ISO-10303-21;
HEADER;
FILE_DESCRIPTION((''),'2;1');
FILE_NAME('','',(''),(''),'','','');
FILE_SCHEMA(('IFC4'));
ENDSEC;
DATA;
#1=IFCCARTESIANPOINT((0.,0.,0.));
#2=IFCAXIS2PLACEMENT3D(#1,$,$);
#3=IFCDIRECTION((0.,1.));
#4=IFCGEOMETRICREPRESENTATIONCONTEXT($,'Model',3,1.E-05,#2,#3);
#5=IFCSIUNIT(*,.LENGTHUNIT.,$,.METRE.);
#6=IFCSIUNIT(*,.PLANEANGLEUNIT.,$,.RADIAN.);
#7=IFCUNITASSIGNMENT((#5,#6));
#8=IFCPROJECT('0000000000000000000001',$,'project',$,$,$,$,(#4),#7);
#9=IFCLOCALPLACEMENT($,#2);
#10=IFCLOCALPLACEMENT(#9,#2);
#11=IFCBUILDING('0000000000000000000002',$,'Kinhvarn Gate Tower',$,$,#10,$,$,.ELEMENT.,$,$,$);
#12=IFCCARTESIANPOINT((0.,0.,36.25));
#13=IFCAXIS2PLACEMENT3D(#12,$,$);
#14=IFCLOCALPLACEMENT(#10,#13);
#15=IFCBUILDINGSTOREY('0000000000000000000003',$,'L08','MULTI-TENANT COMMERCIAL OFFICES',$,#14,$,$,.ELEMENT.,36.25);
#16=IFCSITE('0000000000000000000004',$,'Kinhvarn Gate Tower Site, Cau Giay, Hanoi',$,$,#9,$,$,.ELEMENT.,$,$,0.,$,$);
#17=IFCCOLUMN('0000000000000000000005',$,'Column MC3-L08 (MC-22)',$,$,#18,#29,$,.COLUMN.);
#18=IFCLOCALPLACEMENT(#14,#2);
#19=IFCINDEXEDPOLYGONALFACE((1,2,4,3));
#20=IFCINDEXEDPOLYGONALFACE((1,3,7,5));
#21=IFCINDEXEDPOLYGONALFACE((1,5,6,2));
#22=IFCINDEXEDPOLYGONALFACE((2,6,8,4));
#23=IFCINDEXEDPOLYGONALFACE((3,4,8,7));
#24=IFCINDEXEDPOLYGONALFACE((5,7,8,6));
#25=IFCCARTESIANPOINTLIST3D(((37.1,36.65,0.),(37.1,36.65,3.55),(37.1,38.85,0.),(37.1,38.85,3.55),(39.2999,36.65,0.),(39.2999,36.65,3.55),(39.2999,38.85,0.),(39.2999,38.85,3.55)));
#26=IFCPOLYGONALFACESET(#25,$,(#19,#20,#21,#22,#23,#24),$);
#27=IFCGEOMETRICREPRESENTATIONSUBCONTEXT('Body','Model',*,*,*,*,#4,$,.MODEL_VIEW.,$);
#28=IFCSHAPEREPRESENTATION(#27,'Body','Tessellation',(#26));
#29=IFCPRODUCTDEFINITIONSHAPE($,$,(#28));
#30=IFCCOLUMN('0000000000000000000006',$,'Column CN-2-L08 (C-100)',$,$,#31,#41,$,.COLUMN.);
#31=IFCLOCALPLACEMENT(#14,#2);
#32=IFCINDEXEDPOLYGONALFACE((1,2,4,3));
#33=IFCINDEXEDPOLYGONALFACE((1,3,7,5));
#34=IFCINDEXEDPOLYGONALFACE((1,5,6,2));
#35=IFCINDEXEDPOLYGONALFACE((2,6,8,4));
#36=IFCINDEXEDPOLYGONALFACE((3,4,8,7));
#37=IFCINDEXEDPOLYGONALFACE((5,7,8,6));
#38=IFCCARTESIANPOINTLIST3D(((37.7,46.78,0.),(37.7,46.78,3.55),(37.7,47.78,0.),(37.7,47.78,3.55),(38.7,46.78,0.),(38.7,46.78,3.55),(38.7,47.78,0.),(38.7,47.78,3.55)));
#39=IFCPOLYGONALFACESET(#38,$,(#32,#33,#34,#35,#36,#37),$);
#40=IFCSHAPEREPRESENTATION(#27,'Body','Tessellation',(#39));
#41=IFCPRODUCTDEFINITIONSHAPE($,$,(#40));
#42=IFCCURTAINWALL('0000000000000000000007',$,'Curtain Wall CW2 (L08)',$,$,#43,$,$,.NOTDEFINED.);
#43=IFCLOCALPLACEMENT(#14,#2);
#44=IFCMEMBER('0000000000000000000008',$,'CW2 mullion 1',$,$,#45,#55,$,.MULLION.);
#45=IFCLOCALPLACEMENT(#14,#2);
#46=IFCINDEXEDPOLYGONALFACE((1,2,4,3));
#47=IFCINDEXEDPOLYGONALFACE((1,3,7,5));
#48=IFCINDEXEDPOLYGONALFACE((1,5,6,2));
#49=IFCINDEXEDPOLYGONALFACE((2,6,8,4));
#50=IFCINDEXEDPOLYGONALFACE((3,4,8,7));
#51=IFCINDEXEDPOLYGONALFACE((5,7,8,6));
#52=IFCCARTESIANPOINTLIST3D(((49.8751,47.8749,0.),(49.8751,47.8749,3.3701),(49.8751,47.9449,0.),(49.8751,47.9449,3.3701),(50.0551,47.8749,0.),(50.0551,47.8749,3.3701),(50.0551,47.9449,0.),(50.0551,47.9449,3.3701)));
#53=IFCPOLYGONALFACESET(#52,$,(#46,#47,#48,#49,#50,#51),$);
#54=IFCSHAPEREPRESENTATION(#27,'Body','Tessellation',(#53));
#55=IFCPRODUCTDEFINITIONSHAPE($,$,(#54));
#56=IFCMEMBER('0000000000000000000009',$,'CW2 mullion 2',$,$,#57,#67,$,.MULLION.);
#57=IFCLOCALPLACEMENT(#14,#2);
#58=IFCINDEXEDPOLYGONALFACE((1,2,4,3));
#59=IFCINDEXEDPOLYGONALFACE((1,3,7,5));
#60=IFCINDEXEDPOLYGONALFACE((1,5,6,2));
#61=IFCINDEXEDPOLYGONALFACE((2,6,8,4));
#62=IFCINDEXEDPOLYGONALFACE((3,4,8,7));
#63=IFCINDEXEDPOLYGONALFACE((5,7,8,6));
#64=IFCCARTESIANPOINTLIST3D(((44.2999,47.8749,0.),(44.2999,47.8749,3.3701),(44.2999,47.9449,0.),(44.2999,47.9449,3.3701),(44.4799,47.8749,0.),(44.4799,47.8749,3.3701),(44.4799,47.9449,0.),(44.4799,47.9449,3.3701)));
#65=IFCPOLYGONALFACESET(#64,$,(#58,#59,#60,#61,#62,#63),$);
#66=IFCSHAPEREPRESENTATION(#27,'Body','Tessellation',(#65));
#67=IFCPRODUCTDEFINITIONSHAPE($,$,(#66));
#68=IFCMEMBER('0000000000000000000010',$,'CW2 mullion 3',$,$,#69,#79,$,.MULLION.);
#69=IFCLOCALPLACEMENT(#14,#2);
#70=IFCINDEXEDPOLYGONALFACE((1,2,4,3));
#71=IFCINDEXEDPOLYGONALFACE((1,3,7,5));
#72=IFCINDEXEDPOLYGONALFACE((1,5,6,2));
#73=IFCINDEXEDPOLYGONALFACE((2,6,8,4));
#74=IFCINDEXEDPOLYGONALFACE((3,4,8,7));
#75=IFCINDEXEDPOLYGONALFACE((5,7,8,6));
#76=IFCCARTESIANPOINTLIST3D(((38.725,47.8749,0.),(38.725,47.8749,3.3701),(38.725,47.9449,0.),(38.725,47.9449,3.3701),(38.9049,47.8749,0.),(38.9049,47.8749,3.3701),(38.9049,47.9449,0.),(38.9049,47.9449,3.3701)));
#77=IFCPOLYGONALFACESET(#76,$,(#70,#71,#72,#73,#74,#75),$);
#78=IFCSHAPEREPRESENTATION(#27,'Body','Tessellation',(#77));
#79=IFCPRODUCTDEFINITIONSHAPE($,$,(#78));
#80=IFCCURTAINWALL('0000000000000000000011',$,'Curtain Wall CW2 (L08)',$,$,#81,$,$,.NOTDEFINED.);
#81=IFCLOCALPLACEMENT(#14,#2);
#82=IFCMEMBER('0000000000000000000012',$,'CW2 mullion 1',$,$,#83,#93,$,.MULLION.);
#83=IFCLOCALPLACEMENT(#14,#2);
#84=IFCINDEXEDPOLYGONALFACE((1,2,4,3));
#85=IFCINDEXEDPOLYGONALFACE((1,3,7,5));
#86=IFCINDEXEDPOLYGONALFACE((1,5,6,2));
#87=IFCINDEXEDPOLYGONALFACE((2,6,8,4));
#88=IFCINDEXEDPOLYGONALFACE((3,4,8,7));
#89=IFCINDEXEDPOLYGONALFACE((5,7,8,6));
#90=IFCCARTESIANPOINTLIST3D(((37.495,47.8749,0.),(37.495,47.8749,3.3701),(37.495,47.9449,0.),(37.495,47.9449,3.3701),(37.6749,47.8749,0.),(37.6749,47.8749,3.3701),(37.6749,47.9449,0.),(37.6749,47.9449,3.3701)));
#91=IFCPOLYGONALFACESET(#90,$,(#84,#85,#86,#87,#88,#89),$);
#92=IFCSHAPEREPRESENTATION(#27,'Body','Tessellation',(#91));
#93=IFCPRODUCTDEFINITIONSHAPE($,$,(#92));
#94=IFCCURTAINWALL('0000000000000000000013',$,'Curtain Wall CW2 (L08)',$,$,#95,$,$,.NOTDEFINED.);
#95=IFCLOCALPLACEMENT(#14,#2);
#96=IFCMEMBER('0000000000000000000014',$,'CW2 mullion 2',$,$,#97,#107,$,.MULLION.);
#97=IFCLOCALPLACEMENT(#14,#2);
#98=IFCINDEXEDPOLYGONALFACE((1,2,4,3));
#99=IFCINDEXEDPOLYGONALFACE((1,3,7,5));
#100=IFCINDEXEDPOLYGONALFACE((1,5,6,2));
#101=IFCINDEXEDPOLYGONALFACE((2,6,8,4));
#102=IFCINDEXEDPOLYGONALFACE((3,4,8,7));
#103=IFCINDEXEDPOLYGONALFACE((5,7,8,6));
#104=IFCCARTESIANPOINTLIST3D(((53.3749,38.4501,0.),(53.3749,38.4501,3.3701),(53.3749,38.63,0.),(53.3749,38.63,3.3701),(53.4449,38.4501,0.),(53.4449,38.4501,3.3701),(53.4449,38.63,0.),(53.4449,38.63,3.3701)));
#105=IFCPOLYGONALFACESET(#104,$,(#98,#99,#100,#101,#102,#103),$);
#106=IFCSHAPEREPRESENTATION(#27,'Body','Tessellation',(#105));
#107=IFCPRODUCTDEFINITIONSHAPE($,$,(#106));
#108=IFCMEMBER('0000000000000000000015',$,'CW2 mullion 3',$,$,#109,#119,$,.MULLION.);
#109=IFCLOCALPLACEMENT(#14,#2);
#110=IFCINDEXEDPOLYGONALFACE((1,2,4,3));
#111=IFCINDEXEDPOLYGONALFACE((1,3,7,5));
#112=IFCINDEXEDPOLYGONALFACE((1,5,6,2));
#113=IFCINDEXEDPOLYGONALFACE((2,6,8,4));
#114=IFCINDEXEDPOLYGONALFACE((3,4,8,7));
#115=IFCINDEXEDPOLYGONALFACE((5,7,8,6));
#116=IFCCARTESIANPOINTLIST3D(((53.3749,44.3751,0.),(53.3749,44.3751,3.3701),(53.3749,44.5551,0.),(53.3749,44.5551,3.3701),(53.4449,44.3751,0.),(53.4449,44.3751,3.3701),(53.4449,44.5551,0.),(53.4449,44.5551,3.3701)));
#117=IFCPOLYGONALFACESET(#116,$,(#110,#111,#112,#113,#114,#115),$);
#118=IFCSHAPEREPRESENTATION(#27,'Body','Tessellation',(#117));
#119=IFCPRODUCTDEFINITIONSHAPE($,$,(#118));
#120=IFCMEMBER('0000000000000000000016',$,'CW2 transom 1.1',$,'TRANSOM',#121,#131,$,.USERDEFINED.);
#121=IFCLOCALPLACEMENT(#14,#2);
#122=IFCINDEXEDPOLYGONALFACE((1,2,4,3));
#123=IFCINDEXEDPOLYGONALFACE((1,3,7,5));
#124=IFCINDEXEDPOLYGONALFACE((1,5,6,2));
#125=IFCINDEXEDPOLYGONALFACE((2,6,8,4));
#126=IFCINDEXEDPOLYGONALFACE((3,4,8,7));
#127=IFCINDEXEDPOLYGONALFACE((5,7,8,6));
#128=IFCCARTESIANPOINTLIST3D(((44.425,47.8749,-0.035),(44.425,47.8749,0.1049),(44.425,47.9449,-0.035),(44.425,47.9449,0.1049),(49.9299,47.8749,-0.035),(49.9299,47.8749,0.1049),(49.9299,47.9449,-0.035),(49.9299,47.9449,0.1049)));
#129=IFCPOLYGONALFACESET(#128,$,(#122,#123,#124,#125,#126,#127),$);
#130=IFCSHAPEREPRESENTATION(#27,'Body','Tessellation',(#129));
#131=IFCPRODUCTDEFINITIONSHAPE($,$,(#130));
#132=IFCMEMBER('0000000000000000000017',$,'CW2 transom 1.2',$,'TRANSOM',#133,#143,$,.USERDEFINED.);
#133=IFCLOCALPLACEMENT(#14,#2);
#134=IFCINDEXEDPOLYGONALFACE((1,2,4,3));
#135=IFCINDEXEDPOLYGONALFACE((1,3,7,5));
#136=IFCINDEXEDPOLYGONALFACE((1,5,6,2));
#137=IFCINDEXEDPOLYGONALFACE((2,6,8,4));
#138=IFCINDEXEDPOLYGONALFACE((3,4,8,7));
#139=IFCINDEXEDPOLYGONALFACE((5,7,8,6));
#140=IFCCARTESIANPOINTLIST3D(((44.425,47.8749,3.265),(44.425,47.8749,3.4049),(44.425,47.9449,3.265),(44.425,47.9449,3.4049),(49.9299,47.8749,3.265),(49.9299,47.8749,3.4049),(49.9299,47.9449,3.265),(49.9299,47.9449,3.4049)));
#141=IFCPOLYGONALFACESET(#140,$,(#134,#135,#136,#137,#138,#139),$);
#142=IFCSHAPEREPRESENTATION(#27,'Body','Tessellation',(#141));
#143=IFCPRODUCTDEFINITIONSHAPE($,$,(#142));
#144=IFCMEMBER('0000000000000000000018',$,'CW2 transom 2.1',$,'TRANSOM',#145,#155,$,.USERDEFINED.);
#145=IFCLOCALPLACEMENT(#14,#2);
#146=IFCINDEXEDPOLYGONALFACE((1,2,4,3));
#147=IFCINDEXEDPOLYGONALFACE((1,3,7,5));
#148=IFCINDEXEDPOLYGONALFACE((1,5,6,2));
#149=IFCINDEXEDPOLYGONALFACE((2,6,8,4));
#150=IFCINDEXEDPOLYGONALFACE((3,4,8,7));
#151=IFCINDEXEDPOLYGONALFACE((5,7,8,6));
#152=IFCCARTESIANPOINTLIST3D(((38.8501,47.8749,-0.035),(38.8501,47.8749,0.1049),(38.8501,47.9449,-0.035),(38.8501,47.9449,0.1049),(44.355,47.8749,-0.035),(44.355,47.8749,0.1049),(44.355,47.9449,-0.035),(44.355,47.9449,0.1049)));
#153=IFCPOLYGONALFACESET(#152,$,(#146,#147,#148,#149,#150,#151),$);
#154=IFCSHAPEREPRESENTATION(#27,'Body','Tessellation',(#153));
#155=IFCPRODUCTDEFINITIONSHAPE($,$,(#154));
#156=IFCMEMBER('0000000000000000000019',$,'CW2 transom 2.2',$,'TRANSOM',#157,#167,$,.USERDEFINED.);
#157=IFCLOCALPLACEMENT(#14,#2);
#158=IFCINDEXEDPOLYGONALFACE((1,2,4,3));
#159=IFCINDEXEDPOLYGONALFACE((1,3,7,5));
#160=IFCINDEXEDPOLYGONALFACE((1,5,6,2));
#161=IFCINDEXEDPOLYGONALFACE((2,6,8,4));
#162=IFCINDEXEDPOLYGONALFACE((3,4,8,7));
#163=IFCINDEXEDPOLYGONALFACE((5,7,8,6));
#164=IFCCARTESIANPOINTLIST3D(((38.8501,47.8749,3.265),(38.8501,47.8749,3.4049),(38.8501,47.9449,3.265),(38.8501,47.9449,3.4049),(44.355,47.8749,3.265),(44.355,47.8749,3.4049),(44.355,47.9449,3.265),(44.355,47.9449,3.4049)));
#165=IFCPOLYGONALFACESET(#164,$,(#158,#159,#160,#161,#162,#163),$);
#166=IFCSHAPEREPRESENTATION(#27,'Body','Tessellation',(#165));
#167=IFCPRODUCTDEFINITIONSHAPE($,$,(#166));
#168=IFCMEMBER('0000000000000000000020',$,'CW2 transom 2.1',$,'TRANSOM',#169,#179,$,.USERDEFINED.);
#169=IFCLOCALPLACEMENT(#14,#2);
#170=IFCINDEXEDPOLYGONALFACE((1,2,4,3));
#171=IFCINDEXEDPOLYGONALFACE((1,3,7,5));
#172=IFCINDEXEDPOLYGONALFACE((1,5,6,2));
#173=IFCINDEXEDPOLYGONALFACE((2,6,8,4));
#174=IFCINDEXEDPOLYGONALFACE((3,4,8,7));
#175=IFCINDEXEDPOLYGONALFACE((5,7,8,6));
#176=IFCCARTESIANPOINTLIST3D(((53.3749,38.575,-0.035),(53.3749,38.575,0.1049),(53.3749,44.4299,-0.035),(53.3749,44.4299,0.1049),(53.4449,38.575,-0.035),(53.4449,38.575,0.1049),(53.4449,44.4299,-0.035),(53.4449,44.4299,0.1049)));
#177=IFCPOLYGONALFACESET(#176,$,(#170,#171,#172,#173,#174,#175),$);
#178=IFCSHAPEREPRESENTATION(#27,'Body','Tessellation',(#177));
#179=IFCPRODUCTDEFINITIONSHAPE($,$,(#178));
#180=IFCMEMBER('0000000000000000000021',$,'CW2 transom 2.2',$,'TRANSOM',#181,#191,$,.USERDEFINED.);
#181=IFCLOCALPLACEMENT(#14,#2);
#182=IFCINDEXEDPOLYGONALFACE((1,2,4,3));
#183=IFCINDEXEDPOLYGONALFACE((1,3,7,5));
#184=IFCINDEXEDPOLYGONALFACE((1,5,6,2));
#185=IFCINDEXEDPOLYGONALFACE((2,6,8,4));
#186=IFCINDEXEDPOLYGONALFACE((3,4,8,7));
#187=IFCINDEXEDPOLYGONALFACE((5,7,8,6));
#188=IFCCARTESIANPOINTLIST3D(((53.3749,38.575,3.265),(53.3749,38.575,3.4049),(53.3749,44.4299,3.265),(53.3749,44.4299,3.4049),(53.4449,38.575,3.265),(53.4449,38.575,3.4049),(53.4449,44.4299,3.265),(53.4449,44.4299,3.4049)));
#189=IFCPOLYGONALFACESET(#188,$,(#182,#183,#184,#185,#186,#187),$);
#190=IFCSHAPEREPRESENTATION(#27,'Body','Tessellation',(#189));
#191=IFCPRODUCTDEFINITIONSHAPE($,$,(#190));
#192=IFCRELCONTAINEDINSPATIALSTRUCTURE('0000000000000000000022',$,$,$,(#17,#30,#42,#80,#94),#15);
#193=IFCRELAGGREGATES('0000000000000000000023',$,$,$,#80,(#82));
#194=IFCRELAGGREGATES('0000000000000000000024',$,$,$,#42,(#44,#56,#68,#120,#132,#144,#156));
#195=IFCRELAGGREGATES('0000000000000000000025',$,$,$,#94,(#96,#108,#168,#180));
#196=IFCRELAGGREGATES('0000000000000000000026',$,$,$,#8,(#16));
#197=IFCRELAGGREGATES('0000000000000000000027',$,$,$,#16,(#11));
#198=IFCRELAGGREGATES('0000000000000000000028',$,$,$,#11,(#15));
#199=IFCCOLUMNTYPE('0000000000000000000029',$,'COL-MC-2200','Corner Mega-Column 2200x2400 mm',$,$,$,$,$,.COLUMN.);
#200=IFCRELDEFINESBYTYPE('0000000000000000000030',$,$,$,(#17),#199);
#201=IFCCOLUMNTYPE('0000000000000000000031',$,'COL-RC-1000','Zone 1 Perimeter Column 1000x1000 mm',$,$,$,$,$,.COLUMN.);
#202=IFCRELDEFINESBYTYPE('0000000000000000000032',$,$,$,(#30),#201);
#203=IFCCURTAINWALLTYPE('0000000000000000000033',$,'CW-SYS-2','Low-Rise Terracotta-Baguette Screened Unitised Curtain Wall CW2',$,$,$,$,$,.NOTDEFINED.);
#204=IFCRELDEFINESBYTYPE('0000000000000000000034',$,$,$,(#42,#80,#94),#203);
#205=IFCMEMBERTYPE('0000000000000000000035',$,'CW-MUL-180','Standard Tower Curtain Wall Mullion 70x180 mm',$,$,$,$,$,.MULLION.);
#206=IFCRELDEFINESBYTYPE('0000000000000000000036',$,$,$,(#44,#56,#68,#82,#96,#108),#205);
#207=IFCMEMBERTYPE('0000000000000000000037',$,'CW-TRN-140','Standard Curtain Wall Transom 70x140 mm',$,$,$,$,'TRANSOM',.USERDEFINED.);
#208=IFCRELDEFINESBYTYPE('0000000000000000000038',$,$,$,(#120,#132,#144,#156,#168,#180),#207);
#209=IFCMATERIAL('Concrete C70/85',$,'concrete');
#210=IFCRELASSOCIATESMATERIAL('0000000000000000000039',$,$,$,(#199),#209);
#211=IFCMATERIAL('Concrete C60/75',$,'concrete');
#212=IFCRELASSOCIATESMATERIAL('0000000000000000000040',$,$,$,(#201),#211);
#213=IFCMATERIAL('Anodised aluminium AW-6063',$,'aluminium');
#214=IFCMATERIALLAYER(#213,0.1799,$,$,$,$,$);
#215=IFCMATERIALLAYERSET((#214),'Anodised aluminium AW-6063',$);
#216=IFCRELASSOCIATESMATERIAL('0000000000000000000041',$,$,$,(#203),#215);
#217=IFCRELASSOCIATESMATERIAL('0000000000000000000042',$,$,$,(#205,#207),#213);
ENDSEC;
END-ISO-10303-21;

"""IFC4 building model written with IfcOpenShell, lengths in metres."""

from ifc_helpers import new_model, si_unit, direction, frame, origin, origin_2d, place, context, subcontext, project, spatial, rectangle, extrude, material, layer, layer_set, material_profile, profile_set, type_object, element, aggregate, save


model = new_model("IFC4")

# Units and contexts
model_context = context("Model", 3, precision=1e-05, world=origin(), true_north=direction((0.0, 1.0)))
body_context = subcontext(model_context, "Body", "Model", "MODEL_VIEW")
ifc_project = project(units=[si_unit("LENGTHUNIT", "METRE"), si_unit("PLANEANGLEUNIT", "RADIAN")], contexts=[model_context])

# Site, building, storey
site_placement = place(None, origin())
site = spatial("IfcSite", under=ifc_project, at=site_placement, Name="Kinhvarn Gate Tower Site, Cau Giay, Hanoi", CompositionType="ELEMENT", RefElevation=0.0)
building_placement = place(site_placement, origin())
building = spatial("IfcBuilding", under=site, at=building_placement, Name="Kinhvarn Gate Tower", CompositionType="ELEMENT")
storey_placement = place(building_placement, frame((0.0, 0.0, 36.25)))
storey = spatial("IfcBuildingStorey", under=building, at=storey_placement, Name="L08", Description="MULTI-TENANT COMMERCIAL OFFICES", CompositionType="ELEMENT", Elevation=36.25)

# Columns
ifc_material_1 = material(Name="Concrete C70/85", Category="concrete")
ifc_material_profile_1 = material_profile(ifc_material_1, rectangle(XDim=2.2, YDim=2.2, at=origin_2d()), Name="RC 2200x2200")
ifc_profile_set_1 = profile_set([ifc_material_profile_1], Name="Concrete C70/85")
column_type_1 = type_object("IfcColumnType", Name="COL-MC-2200", Description="Corner Mega-Column 2200x2400 mm", PredefinedType="COLUMN", material=ifc_profile_set_1)
column_1_placement = place(storey_placement, frame((38.2, 37.75, 0.0), z_axis=(0.0, 0.0, 1.0), x_axis=(1.0, 0.0, 0.0)))
element("IfcColumn", 1, at=column_1_placement, inside=storey, type_object=column_type_1, Name="Column MC3-L08 (MC-22)", PredefinedType="COLUMN", context=body_context, shape_type="SweptSolid", body=[
    extrude(rectangle(XDim=2.2, YDim=2.2, at=origin_2d()), origin(), (0.0, 0.0, 1.0), 3.55),
])
ifc_material_2 = material(Name="Concrete C60/75", Category="concrete")
ifc_material_profile_2 = material_profile(ifc_material_2, rectangle(XDim=1.0, YDim=1.0, at=origin_2d()), Name="RC 1000x1000")
ifc_profile_set_2 = profile_set([ifc_material_profile_2], Name="Concrete C60/75")
column_type_2 = type_object("IfcColumnType", Name="COL-RC-1000", Description="Zone 1 Perimeter Column 1000x1000 mm", PredefinedType="COLUMN", material=ifc_profile_set_2)
column_2_placement = place(storey_placement, frame((38.2, 47.28, 0.0), z_axis=(0.0, 0.0, 1.0), x_axis=(1.0, 0.0, 0.0)))
element("IfcColumn", 2, at=column_2_placement, inside=storey, type_object=column_type_2, Name="Column CN-2-L08 (C-100)", PredefinedType="COLUMN", context=body_context, shape_type="SweptSolid", body=[
    extrude(rectangle(XDim=1.0, YDim=1.0, at=origin_2d()), origin(), (0.0, 0.0, 1.0), 3.55),
])

# Curtain wall, members
ifc_material_3 = material(Name="Anodised aluminium AW-6063", Category="aluminium")
ifc_layer_1 = layer(ifc_material_3, 0.1799)
ifc_layer_set_1 = layer_set([ifc_layer_1], Name="Anodised aluminium AW-6063")
curtain_wall_type = type_object("IfcCurtainWallType", Name="CW-SYS-2", Description="Low-Rise Terracotta-Baguette Screened Unitised Curtain Wall CW2", PredefinedType="NOTDEFINED", material=ifc_layer_set_1)
curtain_wall_1_placement = place(storey_placement, origin())
curtain_wall_1 = element("IfcCurtainWall", 3, at=curtain_wall_1_placement, inside=storey, type_object=curtain_wall_type, Name="Curtain Wall CW2 (L08)", PredefinedType="NOTDEFINED")
ifc_material_profile_3 = material_profile(ifc_material_3, rectangle(XDim=0.0701, YDim=0.1799, at=origin_2d()), Name="ALU 70x180")
ifc_profile_set_3 = profile_set([ifc_material_profile_3], Name="Anodised aluminium AW-6063")
member_type_1 = type_object("IfcMemberType", Name="CW-MUL-180", Description="Standard Tower Curtain Wall Mullion 70x180 mm", PredefinedType="MULLION", material=ifc_profile_set_3)
member_1_placement = place(storey_placement, frame((49.9651, 47.9099, 0.0), z_axis=(0.0, 0.0, 1.0), x_axis=(0.0, -1.0, 0.0)))
member_1 = element("IfcMember", 4, at=member_1_placement, type_object=member_type_1, Name="CW2 mullion 1", PredefinedType="MULLION", context=body_context, shape_type="SweptSolid", body=[
    extrude(rectangle(XDim=0.0701, YDim=0.1799, at=origin_2d()), origin(), (0.0, 0.0, 1.0), 3.3701),
])
member_2_placement = place(storey_placement, frame((44.3899, 47.9099, 0.0), z_axis=(0.0, 0.0, 1.0), x_axis=(0.0, -1.0, 0.0)))
member_2 = element("IfcMember", 5, at=member_2_placement, type_object=member_type_1, Name="CW2 mullion 2", PredefinedType="MULLION", context=body_context, shape_type="SweptSolid", body=[
    extrude(rectangle(XDim=0.0701, YDim=0.1799, at=origin_2d()), origin(), (0.0, 0.0, 1.0), 3.3701),
])
member_3_placement = place(storey_placement, frame((38.8149, 47.9099, 0.0), z_axis=(0.0, 0.0, 1.0), x_axis=(0.0, -1.0, 0.0)))
member_3 = element("IfcMember", 6, at=member_3_placement, type_object=member_type_1, Name="CW2 mullion 3", PredefinedType="MULLION", context=body_context, shape_type="SweptSolid", body=[
    extrude(rectangle(XDim=0.0701, YDim=0.1799, at=origin_2d()), origin(), (0.0, 0.0, 1.0), 3.3701),
])

# Curtain wall, member
curtain_wall_2_placement = place(storey_placement, origin())
curtain_wall_2 = element("IfcCurtainWall", 7, at=curtain_wall_2_placement, inside=storey, type_object=curtain_wall_type, Name="Curtain Wall CW2 (L08)", PredefinedType="NOTDEFINED")
member_4_placement = place(storey_placement, frame((37.585, 47.9099, 0.0), z_axis=(0.0, 0.0, 1.0), x_axis=(0.0, -1.0, 0.0)))
member_4 = element("IfcMember", 8, at=member_4_placement, type_object=member_type_1, Name="CW2 mullion 1", PredefinedType="MULLION", context=body_context, shape_type="SweptSolid", body=[
    extrude(rectangle(XDim=0.0701, YDim=0.1799, at=origin_2d()), origin(), (0.0, 0.0, 1.0), 3.3701),
])
aggregate(curtain_wall_2, [member_4])

# Curtain wall, members
curtain_wall_3_placement = place(storey_placement, origin())
curtain_wall_3 = element("IfcCurtainWall", 9, at=curtain_wall_3_placement, inside=storey, type_object=curtain_wall_type, Name="Curtain Wall CW2 (L08)", PredefinedType="NOTDEFINED")
member_5_placement = place(storey_placement, frame((53.4099, 38.54, 0.0), z_axis=(0.0, 0.0, 1.0), x_axis=(-1.0, 0.0, 0.0)))
member_5 = element("IfcMember", 10, at=member_5_placement, type_object=member_type_1, Name="CW2 mullion 2", PredefinedType="MULLION", context=body_context, shape_type="SweptSolid", body=[
    extrude(rectangle(XDim=0.0701, YDim=0.1799, at=origin_2d()), origin(), (0.0, 0.0, 1.0), 3.3701),
])
member_6_placement = place(storey_placement, frame((53.4099, 44.4651, 0.0), z_axis=(0.0, 0.0, 1.0), x_axis=(-1.0, 0.0, 0.0)))
member_6 = element("IfcMember", 11, at=member_6_placement, type_object=member_type_1, Name="CW2 mullion 3", PredefinedType="MULLION", context=body_context, shape_type="SweptSolid", body=[
    extrude(rectangle(XDim=0.0701, YDim=0.1799, at=origin_2d()), origin(), (0.0, 0.0, 1.0), 3.3701),
])

# Members
ifc_material_profile_4 = material_profile(ifc_material_3, rectangle(XDim=0.0701, YDim=0.1399, at=origin_2d()), Name="ALU 70x140")
ifc_profile_set_4 = profile_set([ifc_material_profile_4], Name="Anodised aluminium AW-6063")
member_type_2 = type_object("IfcMemberType", Name="CW-TRN-140", Description="Standard Curtain Wall Transom 70x140 mm", ElementType="TRANSOM", PredefinedType="USERDEFINED", material=ifc_profile_set_4)
member_7_placement = place(storey_placement, frame((49.9299, 47.9099, 0.0349), z_axis=(-1.0, 0.0, 0.0), x_axis=(0.0, -1.0, 0.0)))
member_7 = element("IfcMember", 12, at=member_7_placement, type_object=member_type_2, Name="CW2 transom 1.1", ObjectType="TRANSOM", PredefinedType="USERDEFINED", context=body_context, shape_type="SweptSolid", body=[
    extrude(rectangle(XDim=0.0701, YDim=0.1399, at=origin_2d()), origin(), (0.0, 0.0, 1.0), 5.5049),
])
member_8_placement = place(storey_placement, frame((49.9299, 47.9099, 3.335), z_axis=(-1.0, 0.0, 0.0), x_axis=(0.0, -1.0, 0.0)))
member_8 = element("IfcMember", 13, at=member_8_placement, type_object=member_type_2, Name="CW2 transom 1.2", ObjectType="TRANSOM", PredefinedType="USERDEFINED", context=body_context, shape_type="SweptSolid", body=[
    extrude(rectangle(XDim=0.0701, YDim=0.1399, at=origin_2d()), origin(), (0.0, 0.0, 1.0), 5.5049),
])
member_9_placement = place(storey_placement, frame((44.355, 47.9099, 0.0349), z_axis=(-1.0, 0.0, 0.0), x_axis=(0.0, -1.0, 0.0)))
member_9 = element("IfcMember", 14, at=member_9_placement, type_object=member_type_2, Name="CW2 transom 2.1", ObjectType="TRANSOM", PredefinedType="USERDEFINED", context=body_context, shape_type="SweptSolid", body=[
    extrude(rectangle(XDim=0.0701, YDim=0.1399, at=origin_2d()), origin(), (0.0, 0.0, 1.0), 5.5049),
])
member_10_placement = place(storey_placement, frame((44.355, 47.9099, 3.335), z_axis=(-1.0, 0.0, 0.0), x_axis=(0.0, -1.0, 0.0)))
member_10 = element("IfcMember", 15, at=member_10_placement, type_object=member_type_2, Name="CW2 transom 2.2", ObjectType="TRANSOM", PredefinedType="USERDEFINED", context=body_context, shape_type="SweptSolid", body=[
    extrude(rectangle(XDim=0.0701, YDim=0.1399, at=origin_2d()), origin(), (0.0, 0.0, 1.0), 5.5049),
])
member_11_placement = place(storey_placement, frame((53.4099, 38.575, 0.0349), z_axis=(0.0, 1.0, 0.0), x_axis=(-1.0, 0.0, 0.0)))
member_11 = element("IfcMember", 16, at=member_11_placement, type_object=member_type_2, Name="CW2 transom 2.1", ObjectType="TRANSOM", PredefinedType="USERDEFINED", context=body_context, shape_type="SweptSolid", body=[
    extrude(rectangle(XDim=0.0701, YDim=0.1399, at=origin_2d()), origin(), (0.0, 0.0, 1.0), 5.855),
])
member_12_placement = place(storey_placement, frame((53.4099, 38.575, 3.335), z_axis=(0.0, 1.0, 0.0), x_axis=(-1.0, 0.0, 0.0)))
member_12 = element("IfcMember", 17, at=member_12_placement, type_object=member_type_2, Name="CW2 transom 2.2", ObjectType="TRANSOM", PredefinedType="USERDEFINED", context=body_context, shape_type="SweptSolid", body=[
    extrude(rectangle(XDim=0.0701, YDim=0.1399, at=origin_2d()), origin(), (0.0, 0.0, 1.0), 5.855),
])

aggregate(curtain_wall_1, [member_1, member_2, member_3, member_7, member_8, member_9, member_10])
aggregate(curtain_wall_3, [member_5, member_6, member_11, member_12])

save(model, "model.ifc")
